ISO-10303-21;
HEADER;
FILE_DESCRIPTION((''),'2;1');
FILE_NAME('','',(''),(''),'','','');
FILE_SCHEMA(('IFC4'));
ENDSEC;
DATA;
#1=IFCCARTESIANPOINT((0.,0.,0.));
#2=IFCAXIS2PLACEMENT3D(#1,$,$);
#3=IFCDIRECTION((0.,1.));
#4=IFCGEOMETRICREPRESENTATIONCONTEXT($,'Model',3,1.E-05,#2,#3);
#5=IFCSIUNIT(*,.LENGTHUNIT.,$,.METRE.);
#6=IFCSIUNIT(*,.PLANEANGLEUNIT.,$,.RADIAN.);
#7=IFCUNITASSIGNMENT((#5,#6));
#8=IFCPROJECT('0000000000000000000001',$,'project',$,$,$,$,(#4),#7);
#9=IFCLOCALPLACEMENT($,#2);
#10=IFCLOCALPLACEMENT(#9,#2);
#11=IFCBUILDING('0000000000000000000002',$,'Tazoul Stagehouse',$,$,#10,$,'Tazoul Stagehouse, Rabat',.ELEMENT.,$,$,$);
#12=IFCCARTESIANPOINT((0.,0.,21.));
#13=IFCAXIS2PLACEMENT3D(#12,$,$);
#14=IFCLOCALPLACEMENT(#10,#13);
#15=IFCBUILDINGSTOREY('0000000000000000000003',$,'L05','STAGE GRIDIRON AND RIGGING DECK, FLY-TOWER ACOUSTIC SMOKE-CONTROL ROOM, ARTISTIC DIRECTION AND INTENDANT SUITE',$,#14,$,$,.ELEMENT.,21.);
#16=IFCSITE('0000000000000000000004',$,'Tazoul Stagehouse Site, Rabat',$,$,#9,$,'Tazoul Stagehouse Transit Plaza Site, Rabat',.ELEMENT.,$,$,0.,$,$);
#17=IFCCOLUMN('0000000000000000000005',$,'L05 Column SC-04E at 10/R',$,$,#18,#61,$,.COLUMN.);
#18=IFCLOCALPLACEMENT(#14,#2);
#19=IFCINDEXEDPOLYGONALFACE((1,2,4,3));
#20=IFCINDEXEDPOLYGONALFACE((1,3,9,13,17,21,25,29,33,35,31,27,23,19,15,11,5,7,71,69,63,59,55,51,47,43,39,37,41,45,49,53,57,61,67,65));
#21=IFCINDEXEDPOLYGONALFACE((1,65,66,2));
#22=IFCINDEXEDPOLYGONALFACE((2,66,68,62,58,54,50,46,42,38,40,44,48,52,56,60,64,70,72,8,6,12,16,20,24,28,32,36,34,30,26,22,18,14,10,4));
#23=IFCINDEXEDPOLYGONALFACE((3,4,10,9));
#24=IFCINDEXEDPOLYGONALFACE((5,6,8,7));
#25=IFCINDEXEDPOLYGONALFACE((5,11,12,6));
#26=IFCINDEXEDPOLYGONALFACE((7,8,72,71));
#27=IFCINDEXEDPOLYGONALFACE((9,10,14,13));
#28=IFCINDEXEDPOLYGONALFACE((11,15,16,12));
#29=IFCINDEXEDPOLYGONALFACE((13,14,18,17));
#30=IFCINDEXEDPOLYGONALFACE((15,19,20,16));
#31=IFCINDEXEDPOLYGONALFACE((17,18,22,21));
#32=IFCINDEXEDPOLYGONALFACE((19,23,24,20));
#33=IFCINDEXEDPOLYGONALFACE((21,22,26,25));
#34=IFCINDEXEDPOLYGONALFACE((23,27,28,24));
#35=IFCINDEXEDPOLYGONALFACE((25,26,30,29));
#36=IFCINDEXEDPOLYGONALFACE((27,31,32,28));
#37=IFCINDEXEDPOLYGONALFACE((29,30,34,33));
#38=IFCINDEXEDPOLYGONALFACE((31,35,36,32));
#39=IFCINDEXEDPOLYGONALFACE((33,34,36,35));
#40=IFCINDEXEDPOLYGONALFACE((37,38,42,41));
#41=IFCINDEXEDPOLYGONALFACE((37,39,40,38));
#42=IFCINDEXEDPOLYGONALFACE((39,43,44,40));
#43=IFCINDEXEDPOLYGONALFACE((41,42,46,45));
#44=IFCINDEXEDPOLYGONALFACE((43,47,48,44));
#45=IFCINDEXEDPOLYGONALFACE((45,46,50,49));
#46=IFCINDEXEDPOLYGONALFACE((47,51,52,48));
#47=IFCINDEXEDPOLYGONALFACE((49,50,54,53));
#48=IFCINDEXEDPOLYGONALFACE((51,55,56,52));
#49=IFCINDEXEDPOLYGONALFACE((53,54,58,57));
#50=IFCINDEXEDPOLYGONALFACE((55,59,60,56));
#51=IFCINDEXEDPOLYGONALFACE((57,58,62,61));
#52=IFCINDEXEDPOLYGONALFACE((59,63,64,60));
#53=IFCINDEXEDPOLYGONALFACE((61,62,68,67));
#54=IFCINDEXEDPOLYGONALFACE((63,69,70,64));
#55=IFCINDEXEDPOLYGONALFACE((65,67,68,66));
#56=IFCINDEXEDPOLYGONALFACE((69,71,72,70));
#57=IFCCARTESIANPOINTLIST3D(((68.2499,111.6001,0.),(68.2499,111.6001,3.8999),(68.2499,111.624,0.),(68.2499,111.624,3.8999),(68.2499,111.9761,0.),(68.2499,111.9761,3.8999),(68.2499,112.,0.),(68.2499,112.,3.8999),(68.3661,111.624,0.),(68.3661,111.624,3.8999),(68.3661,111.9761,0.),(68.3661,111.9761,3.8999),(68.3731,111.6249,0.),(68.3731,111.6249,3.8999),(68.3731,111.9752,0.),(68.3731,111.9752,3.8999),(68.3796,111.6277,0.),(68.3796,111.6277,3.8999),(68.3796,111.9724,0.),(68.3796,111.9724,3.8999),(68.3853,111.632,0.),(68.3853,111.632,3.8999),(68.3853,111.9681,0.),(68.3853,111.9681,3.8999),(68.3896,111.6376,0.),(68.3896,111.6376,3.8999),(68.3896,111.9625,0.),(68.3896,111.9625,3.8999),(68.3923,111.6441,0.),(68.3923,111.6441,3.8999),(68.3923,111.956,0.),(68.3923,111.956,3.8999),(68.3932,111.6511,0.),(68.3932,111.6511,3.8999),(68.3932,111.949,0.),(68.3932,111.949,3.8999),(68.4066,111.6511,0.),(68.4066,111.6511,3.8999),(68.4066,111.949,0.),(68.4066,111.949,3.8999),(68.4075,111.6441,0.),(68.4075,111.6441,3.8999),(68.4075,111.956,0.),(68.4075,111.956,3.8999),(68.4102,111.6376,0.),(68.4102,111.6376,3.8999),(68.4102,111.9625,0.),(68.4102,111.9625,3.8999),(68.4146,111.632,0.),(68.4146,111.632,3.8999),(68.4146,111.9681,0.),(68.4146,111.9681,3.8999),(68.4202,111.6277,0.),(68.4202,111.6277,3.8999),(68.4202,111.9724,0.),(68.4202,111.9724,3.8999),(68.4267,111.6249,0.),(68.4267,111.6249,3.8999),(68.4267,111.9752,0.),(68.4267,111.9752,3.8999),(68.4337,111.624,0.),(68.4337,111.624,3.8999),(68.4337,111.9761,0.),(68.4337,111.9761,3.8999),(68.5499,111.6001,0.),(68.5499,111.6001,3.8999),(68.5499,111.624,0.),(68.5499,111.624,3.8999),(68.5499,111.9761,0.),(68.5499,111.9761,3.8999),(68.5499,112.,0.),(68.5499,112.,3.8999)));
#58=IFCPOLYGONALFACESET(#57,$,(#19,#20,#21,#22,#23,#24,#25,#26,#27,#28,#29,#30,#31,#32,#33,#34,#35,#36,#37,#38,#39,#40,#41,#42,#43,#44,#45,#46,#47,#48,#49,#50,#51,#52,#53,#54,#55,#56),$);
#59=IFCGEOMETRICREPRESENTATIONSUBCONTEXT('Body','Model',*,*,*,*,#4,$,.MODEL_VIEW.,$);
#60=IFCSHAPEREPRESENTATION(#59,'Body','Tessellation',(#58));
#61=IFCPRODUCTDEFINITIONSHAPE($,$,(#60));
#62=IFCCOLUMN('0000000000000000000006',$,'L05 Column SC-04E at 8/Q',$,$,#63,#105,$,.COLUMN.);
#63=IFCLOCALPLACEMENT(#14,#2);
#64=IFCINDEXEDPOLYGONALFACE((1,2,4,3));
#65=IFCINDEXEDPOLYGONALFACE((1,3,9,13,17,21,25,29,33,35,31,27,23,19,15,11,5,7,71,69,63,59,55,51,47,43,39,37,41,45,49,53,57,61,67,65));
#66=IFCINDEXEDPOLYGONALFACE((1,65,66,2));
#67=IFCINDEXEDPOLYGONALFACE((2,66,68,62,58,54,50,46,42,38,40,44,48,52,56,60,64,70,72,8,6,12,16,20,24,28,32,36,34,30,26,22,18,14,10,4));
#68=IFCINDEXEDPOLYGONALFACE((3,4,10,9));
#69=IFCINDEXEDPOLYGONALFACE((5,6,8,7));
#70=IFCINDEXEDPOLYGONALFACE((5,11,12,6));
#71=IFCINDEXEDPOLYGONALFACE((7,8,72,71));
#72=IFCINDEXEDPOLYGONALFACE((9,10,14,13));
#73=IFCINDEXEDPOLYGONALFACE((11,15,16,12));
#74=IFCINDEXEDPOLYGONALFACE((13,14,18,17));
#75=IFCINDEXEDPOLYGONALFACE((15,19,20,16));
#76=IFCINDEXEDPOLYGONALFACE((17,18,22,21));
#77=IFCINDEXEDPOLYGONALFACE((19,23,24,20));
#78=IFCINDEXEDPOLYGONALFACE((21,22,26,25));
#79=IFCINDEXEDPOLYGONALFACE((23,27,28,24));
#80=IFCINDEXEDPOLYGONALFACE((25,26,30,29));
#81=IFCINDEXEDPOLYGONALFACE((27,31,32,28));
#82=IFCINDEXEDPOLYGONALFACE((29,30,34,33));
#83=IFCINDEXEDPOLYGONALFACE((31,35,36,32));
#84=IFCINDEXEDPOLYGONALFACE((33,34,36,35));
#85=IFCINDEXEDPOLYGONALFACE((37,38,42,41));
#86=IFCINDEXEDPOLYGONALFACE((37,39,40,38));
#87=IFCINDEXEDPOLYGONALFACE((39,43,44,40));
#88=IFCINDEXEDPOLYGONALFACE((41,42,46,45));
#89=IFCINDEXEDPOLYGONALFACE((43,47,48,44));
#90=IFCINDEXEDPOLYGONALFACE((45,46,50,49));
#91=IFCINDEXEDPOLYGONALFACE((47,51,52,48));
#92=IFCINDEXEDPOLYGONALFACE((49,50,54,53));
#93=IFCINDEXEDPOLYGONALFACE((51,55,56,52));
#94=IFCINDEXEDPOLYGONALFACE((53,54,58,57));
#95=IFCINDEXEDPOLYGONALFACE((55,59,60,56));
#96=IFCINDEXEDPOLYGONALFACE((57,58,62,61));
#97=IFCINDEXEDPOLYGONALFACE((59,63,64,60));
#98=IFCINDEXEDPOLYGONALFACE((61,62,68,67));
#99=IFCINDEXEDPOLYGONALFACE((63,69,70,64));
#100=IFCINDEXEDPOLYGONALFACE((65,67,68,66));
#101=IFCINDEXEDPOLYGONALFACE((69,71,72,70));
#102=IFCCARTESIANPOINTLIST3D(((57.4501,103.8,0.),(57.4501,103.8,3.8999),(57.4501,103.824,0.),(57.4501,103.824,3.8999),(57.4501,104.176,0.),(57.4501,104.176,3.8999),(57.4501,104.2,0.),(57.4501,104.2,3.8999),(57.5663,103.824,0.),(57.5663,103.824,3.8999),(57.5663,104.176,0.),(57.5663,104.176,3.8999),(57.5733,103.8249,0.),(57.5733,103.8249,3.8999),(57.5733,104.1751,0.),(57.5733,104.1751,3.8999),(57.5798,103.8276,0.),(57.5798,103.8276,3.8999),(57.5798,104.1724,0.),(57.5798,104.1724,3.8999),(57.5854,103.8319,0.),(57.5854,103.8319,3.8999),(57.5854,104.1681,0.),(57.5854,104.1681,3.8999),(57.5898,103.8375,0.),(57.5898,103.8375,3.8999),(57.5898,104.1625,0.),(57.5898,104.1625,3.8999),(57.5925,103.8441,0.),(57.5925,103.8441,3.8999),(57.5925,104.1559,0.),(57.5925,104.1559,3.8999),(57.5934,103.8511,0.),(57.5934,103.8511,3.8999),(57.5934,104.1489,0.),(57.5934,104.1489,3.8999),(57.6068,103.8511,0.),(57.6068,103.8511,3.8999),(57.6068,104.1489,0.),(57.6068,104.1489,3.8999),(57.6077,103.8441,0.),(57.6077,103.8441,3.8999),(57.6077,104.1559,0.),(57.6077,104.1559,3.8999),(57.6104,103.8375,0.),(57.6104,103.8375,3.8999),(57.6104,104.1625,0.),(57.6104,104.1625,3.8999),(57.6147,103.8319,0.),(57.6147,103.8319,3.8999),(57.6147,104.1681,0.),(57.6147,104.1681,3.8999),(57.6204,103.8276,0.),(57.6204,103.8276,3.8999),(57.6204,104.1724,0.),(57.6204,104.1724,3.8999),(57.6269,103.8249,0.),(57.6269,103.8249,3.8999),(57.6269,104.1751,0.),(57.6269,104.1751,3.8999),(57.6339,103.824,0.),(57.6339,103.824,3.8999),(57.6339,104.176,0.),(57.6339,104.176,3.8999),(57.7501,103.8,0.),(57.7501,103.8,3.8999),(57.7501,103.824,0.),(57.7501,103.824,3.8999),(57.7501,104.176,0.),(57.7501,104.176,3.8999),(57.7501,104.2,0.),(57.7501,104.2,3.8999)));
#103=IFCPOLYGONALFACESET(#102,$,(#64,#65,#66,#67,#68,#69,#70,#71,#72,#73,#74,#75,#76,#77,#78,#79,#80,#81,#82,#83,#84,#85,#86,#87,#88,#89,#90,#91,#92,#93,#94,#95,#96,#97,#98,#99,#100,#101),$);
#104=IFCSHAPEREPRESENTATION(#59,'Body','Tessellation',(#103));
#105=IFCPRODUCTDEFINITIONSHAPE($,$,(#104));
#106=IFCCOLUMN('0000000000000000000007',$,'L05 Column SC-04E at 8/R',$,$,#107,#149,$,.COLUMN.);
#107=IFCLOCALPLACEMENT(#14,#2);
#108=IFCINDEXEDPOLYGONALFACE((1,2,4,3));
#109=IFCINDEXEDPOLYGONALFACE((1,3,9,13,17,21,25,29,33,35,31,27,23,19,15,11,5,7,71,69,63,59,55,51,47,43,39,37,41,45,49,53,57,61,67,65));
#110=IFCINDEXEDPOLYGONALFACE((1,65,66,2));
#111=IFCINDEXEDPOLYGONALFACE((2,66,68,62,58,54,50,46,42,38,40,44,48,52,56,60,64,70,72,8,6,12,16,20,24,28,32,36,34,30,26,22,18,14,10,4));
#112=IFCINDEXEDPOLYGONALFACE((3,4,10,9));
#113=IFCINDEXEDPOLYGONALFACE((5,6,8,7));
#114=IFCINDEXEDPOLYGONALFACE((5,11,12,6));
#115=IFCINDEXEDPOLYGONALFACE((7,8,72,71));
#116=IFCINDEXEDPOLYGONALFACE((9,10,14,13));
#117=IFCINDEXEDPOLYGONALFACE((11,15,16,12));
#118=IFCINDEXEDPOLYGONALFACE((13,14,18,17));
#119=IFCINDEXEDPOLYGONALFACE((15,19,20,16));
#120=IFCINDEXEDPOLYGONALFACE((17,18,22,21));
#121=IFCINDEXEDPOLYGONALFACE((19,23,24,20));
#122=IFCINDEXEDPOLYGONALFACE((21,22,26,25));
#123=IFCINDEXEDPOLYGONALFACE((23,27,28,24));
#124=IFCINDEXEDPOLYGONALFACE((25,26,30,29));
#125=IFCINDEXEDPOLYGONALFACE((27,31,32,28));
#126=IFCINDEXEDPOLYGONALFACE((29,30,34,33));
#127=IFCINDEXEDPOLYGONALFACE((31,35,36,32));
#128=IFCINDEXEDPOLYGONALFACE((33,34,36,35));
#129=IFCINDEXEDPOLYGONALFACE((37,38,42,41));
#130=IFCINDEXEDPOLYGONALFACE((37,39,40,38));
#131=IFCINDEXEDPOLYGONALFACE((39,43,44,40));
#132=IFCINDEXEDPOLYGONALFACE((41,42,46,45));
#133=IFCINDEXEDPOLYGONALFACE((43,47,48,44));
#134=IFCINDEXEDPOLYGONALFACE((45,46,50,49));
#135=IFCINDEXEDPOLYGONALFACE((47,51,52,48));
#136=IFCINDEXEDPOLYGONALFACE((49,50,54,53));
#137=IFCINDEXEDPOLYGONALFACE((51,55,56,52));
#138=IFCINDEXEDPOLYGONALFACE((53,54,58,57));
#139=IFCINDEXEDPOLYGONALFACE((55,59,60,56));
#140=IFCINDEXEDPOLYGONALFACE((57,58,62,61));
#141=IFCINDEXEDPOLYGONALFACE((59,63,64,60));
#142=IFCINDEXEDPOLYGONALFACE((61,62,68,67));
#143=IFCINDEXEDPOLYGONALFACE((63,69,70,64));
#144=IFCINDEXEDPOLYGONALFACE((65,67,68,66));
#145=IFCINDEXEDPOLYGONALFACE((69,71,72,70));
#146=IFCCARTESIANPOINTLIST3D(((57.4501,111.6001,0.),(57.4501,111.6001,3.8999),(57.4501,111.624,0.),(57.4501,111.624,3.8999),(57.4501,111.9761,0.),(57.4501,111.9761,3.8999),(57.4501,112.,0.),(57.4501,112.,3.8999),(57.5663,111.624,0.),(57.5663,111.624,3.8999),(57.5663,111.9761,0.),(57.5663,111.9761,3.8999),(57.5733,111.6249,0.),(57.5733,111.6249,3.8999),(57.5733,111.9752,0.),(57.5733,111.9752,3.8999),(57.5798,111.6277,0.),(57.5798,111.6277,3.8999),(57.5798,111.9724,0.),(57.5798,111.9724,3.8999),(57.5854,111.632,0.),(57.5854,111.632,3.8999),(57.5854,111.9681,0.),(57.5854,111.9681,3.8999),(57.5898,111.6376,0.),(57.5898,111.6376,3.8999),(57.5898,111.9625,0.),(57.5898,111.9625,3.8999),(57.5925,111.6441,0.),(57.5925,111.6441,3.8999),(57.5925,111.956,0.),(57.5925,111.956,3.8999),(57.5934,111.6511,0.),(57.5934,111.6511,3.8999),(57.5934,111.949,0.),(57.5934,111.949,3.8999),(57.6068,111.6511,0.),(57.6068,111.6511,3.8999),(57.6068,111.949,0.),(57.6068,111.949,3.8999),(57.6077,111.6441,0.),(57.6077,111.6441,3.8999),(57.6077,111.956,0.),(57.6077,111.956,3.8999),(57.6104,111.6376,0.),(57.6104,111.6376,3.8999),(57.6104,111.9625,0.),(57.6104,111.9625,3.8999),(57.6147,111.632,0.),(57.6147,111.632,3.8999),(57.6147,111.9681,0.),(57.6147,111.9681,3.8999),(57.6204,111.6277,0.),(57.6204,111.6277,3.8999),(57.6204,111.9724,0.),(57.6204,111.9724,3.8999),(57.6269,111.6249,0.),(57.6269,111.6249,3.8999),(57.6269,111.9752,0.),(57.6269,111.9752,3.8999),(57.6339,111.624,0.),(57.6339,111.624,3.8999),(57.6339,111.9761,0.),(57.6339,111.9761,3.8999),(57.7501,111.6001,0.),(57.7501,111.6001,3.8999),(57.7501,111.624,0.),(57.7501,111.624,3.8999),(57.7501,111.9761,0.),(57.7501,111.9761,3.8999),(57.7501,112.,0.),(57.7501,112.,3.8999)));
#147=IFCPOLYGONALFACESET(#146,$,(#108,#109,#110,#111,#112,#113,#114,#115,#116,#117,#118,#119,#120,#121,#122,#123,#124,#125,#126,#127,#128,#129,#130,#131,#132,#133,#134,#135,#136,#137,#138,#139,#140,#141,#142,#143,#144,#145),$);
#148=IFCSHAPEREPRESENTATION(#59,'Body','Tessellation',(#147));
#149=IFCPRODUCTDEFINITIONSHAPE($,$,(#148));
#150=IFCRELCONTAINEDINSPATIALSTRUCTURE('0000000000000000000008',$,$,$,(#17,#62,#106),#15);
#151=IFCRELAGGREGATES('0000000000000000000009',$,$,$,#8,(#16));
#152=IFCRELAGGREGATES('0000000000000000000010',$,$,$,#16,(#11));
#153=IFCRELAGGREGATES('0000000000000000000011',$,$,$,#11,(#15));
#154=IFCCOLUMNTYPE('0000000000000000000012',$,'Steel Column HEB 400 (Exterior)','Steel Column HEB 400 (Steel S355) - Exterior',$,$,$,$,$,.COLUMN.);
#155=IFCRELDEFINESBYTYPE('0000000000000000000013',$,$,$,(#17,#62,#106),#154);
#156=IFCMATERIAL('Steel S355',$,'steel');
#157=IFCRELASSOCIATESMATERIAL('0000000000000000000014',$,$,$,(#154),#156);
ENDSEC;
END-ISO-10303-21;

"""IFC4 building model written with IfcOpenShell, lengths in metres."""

from ifc_helpers import new_model, si_unit, direction, frame, origin, origin_2d, place, context, subcontext, project, spatial, i_section, extrude, material, material_profile, profile_set, type_object, element, save


model = new_model("IFC4")

# Units and contexts
model_context = context("Model", 3, precision=1e-05, world=origin(), true_north=direction((0.0, 1.0)))
body_context = subcontext(model_context, "Body", "Model", "MODEL_VIEW")
ifc_project = project(units=[si_unit("LENGTHUNIT", "METRE"), si_unit("PLANEANGLEUNIT", "RADIAN")], contexts=[model_context])

# Site, building, storey
site_placement = place(None, origin())
site = spatial("IfcSite", under=ifc_project, at=site_placement, Name="Tazoul Stagehouse Site, Rabat", LongName="Tazoul Stagehouse Transit Plaza Site, Rabat", CompositionType="ELEMENT", RefElevation=0.0)
building_placement = place(site_placement, origin())
building = spatial("IfcBuilding", under=site, at=building_placement, Name="Tazoul Stagehouse", LongName="Tazoul Stagehouse, Rabat", CompositionType="ELEMENT")
storey_placement = place(building_placement, frame((0.0, 0.0, 21.0)))
storey = spatial("IfcBuildingStorey", under=building, at=storey_placement, Name="L05", Description="STAGE GRIDIRON AND RIGGING DECK, FLY-TOWER ACOUSTIC SMOKE-CONTROL ROOM, ARTISTIC DIRECTION AND INTENDANT SUITE", CompositionType="ELEMENT", Elevation=21.0)

# Columns
ifc_material_1 = material(Name="Steel S355", Category="steel")
ifc_material_profile_1 = material_profile(ifc_material_1, i_section(OverallWidth=0.3, OverallDepth=0.3999, WebThickness=0.0134, FlangeThickness=0.0239, FilletRadius=0.0271, at=origin_2d()), Name="HEB 400")
ifc_profile_set_1 = profile_set([ifc_material_profile_1], Name="Steel S355")
column_type = type_object("IfcColumnType", Name="Steel Column HEB 400 (Exterior)", Description="Steel Column HEB 400 (Steel S355) - Exterior", PredefinedType="COLUMN", material=ifc_profile_set_1)
for number, where, z_axis, x_axis, name in (
    (1, (68.3999, 111.8, 0.0), (0.0, 0.0, 1.0), (1.0, 0.0, 0.0), "L05 Column SC-04E at 10/R"),
    (2, (57.6001, 104.0, 0.0), (0.0, 0.0, 1.0), (1.0, 0.0, 0.0), "L05 Column SC-04E at 8/Q"),
    (3, (57.6001, 111.8, 0.0), (0.0, 0.0, 1.0), (1.0, 0.0, 0.0), "L05 Column SC-04E at 8/R"),
):
    element("IfcColumn", number, at=place(storey_placement, frame(where, z_axis=z_axis, x_axis=x_axis)), inside=storey, type_object=column_type, Name=name, PredefinedType="COLUMN", context=body_context, shape_type="SweptSolid", body=[
        extrude(i_section(OverallWidth=0.3, OverallDepth=0.3999, WebThickness=0.0134, FlangeThickness=0.0239, FilletRadius=0.0271, at=origin_2d()), origin(), (0.0, 0.0, 1.0), 3.8999),
    ])

save(model, "model.ifc")
